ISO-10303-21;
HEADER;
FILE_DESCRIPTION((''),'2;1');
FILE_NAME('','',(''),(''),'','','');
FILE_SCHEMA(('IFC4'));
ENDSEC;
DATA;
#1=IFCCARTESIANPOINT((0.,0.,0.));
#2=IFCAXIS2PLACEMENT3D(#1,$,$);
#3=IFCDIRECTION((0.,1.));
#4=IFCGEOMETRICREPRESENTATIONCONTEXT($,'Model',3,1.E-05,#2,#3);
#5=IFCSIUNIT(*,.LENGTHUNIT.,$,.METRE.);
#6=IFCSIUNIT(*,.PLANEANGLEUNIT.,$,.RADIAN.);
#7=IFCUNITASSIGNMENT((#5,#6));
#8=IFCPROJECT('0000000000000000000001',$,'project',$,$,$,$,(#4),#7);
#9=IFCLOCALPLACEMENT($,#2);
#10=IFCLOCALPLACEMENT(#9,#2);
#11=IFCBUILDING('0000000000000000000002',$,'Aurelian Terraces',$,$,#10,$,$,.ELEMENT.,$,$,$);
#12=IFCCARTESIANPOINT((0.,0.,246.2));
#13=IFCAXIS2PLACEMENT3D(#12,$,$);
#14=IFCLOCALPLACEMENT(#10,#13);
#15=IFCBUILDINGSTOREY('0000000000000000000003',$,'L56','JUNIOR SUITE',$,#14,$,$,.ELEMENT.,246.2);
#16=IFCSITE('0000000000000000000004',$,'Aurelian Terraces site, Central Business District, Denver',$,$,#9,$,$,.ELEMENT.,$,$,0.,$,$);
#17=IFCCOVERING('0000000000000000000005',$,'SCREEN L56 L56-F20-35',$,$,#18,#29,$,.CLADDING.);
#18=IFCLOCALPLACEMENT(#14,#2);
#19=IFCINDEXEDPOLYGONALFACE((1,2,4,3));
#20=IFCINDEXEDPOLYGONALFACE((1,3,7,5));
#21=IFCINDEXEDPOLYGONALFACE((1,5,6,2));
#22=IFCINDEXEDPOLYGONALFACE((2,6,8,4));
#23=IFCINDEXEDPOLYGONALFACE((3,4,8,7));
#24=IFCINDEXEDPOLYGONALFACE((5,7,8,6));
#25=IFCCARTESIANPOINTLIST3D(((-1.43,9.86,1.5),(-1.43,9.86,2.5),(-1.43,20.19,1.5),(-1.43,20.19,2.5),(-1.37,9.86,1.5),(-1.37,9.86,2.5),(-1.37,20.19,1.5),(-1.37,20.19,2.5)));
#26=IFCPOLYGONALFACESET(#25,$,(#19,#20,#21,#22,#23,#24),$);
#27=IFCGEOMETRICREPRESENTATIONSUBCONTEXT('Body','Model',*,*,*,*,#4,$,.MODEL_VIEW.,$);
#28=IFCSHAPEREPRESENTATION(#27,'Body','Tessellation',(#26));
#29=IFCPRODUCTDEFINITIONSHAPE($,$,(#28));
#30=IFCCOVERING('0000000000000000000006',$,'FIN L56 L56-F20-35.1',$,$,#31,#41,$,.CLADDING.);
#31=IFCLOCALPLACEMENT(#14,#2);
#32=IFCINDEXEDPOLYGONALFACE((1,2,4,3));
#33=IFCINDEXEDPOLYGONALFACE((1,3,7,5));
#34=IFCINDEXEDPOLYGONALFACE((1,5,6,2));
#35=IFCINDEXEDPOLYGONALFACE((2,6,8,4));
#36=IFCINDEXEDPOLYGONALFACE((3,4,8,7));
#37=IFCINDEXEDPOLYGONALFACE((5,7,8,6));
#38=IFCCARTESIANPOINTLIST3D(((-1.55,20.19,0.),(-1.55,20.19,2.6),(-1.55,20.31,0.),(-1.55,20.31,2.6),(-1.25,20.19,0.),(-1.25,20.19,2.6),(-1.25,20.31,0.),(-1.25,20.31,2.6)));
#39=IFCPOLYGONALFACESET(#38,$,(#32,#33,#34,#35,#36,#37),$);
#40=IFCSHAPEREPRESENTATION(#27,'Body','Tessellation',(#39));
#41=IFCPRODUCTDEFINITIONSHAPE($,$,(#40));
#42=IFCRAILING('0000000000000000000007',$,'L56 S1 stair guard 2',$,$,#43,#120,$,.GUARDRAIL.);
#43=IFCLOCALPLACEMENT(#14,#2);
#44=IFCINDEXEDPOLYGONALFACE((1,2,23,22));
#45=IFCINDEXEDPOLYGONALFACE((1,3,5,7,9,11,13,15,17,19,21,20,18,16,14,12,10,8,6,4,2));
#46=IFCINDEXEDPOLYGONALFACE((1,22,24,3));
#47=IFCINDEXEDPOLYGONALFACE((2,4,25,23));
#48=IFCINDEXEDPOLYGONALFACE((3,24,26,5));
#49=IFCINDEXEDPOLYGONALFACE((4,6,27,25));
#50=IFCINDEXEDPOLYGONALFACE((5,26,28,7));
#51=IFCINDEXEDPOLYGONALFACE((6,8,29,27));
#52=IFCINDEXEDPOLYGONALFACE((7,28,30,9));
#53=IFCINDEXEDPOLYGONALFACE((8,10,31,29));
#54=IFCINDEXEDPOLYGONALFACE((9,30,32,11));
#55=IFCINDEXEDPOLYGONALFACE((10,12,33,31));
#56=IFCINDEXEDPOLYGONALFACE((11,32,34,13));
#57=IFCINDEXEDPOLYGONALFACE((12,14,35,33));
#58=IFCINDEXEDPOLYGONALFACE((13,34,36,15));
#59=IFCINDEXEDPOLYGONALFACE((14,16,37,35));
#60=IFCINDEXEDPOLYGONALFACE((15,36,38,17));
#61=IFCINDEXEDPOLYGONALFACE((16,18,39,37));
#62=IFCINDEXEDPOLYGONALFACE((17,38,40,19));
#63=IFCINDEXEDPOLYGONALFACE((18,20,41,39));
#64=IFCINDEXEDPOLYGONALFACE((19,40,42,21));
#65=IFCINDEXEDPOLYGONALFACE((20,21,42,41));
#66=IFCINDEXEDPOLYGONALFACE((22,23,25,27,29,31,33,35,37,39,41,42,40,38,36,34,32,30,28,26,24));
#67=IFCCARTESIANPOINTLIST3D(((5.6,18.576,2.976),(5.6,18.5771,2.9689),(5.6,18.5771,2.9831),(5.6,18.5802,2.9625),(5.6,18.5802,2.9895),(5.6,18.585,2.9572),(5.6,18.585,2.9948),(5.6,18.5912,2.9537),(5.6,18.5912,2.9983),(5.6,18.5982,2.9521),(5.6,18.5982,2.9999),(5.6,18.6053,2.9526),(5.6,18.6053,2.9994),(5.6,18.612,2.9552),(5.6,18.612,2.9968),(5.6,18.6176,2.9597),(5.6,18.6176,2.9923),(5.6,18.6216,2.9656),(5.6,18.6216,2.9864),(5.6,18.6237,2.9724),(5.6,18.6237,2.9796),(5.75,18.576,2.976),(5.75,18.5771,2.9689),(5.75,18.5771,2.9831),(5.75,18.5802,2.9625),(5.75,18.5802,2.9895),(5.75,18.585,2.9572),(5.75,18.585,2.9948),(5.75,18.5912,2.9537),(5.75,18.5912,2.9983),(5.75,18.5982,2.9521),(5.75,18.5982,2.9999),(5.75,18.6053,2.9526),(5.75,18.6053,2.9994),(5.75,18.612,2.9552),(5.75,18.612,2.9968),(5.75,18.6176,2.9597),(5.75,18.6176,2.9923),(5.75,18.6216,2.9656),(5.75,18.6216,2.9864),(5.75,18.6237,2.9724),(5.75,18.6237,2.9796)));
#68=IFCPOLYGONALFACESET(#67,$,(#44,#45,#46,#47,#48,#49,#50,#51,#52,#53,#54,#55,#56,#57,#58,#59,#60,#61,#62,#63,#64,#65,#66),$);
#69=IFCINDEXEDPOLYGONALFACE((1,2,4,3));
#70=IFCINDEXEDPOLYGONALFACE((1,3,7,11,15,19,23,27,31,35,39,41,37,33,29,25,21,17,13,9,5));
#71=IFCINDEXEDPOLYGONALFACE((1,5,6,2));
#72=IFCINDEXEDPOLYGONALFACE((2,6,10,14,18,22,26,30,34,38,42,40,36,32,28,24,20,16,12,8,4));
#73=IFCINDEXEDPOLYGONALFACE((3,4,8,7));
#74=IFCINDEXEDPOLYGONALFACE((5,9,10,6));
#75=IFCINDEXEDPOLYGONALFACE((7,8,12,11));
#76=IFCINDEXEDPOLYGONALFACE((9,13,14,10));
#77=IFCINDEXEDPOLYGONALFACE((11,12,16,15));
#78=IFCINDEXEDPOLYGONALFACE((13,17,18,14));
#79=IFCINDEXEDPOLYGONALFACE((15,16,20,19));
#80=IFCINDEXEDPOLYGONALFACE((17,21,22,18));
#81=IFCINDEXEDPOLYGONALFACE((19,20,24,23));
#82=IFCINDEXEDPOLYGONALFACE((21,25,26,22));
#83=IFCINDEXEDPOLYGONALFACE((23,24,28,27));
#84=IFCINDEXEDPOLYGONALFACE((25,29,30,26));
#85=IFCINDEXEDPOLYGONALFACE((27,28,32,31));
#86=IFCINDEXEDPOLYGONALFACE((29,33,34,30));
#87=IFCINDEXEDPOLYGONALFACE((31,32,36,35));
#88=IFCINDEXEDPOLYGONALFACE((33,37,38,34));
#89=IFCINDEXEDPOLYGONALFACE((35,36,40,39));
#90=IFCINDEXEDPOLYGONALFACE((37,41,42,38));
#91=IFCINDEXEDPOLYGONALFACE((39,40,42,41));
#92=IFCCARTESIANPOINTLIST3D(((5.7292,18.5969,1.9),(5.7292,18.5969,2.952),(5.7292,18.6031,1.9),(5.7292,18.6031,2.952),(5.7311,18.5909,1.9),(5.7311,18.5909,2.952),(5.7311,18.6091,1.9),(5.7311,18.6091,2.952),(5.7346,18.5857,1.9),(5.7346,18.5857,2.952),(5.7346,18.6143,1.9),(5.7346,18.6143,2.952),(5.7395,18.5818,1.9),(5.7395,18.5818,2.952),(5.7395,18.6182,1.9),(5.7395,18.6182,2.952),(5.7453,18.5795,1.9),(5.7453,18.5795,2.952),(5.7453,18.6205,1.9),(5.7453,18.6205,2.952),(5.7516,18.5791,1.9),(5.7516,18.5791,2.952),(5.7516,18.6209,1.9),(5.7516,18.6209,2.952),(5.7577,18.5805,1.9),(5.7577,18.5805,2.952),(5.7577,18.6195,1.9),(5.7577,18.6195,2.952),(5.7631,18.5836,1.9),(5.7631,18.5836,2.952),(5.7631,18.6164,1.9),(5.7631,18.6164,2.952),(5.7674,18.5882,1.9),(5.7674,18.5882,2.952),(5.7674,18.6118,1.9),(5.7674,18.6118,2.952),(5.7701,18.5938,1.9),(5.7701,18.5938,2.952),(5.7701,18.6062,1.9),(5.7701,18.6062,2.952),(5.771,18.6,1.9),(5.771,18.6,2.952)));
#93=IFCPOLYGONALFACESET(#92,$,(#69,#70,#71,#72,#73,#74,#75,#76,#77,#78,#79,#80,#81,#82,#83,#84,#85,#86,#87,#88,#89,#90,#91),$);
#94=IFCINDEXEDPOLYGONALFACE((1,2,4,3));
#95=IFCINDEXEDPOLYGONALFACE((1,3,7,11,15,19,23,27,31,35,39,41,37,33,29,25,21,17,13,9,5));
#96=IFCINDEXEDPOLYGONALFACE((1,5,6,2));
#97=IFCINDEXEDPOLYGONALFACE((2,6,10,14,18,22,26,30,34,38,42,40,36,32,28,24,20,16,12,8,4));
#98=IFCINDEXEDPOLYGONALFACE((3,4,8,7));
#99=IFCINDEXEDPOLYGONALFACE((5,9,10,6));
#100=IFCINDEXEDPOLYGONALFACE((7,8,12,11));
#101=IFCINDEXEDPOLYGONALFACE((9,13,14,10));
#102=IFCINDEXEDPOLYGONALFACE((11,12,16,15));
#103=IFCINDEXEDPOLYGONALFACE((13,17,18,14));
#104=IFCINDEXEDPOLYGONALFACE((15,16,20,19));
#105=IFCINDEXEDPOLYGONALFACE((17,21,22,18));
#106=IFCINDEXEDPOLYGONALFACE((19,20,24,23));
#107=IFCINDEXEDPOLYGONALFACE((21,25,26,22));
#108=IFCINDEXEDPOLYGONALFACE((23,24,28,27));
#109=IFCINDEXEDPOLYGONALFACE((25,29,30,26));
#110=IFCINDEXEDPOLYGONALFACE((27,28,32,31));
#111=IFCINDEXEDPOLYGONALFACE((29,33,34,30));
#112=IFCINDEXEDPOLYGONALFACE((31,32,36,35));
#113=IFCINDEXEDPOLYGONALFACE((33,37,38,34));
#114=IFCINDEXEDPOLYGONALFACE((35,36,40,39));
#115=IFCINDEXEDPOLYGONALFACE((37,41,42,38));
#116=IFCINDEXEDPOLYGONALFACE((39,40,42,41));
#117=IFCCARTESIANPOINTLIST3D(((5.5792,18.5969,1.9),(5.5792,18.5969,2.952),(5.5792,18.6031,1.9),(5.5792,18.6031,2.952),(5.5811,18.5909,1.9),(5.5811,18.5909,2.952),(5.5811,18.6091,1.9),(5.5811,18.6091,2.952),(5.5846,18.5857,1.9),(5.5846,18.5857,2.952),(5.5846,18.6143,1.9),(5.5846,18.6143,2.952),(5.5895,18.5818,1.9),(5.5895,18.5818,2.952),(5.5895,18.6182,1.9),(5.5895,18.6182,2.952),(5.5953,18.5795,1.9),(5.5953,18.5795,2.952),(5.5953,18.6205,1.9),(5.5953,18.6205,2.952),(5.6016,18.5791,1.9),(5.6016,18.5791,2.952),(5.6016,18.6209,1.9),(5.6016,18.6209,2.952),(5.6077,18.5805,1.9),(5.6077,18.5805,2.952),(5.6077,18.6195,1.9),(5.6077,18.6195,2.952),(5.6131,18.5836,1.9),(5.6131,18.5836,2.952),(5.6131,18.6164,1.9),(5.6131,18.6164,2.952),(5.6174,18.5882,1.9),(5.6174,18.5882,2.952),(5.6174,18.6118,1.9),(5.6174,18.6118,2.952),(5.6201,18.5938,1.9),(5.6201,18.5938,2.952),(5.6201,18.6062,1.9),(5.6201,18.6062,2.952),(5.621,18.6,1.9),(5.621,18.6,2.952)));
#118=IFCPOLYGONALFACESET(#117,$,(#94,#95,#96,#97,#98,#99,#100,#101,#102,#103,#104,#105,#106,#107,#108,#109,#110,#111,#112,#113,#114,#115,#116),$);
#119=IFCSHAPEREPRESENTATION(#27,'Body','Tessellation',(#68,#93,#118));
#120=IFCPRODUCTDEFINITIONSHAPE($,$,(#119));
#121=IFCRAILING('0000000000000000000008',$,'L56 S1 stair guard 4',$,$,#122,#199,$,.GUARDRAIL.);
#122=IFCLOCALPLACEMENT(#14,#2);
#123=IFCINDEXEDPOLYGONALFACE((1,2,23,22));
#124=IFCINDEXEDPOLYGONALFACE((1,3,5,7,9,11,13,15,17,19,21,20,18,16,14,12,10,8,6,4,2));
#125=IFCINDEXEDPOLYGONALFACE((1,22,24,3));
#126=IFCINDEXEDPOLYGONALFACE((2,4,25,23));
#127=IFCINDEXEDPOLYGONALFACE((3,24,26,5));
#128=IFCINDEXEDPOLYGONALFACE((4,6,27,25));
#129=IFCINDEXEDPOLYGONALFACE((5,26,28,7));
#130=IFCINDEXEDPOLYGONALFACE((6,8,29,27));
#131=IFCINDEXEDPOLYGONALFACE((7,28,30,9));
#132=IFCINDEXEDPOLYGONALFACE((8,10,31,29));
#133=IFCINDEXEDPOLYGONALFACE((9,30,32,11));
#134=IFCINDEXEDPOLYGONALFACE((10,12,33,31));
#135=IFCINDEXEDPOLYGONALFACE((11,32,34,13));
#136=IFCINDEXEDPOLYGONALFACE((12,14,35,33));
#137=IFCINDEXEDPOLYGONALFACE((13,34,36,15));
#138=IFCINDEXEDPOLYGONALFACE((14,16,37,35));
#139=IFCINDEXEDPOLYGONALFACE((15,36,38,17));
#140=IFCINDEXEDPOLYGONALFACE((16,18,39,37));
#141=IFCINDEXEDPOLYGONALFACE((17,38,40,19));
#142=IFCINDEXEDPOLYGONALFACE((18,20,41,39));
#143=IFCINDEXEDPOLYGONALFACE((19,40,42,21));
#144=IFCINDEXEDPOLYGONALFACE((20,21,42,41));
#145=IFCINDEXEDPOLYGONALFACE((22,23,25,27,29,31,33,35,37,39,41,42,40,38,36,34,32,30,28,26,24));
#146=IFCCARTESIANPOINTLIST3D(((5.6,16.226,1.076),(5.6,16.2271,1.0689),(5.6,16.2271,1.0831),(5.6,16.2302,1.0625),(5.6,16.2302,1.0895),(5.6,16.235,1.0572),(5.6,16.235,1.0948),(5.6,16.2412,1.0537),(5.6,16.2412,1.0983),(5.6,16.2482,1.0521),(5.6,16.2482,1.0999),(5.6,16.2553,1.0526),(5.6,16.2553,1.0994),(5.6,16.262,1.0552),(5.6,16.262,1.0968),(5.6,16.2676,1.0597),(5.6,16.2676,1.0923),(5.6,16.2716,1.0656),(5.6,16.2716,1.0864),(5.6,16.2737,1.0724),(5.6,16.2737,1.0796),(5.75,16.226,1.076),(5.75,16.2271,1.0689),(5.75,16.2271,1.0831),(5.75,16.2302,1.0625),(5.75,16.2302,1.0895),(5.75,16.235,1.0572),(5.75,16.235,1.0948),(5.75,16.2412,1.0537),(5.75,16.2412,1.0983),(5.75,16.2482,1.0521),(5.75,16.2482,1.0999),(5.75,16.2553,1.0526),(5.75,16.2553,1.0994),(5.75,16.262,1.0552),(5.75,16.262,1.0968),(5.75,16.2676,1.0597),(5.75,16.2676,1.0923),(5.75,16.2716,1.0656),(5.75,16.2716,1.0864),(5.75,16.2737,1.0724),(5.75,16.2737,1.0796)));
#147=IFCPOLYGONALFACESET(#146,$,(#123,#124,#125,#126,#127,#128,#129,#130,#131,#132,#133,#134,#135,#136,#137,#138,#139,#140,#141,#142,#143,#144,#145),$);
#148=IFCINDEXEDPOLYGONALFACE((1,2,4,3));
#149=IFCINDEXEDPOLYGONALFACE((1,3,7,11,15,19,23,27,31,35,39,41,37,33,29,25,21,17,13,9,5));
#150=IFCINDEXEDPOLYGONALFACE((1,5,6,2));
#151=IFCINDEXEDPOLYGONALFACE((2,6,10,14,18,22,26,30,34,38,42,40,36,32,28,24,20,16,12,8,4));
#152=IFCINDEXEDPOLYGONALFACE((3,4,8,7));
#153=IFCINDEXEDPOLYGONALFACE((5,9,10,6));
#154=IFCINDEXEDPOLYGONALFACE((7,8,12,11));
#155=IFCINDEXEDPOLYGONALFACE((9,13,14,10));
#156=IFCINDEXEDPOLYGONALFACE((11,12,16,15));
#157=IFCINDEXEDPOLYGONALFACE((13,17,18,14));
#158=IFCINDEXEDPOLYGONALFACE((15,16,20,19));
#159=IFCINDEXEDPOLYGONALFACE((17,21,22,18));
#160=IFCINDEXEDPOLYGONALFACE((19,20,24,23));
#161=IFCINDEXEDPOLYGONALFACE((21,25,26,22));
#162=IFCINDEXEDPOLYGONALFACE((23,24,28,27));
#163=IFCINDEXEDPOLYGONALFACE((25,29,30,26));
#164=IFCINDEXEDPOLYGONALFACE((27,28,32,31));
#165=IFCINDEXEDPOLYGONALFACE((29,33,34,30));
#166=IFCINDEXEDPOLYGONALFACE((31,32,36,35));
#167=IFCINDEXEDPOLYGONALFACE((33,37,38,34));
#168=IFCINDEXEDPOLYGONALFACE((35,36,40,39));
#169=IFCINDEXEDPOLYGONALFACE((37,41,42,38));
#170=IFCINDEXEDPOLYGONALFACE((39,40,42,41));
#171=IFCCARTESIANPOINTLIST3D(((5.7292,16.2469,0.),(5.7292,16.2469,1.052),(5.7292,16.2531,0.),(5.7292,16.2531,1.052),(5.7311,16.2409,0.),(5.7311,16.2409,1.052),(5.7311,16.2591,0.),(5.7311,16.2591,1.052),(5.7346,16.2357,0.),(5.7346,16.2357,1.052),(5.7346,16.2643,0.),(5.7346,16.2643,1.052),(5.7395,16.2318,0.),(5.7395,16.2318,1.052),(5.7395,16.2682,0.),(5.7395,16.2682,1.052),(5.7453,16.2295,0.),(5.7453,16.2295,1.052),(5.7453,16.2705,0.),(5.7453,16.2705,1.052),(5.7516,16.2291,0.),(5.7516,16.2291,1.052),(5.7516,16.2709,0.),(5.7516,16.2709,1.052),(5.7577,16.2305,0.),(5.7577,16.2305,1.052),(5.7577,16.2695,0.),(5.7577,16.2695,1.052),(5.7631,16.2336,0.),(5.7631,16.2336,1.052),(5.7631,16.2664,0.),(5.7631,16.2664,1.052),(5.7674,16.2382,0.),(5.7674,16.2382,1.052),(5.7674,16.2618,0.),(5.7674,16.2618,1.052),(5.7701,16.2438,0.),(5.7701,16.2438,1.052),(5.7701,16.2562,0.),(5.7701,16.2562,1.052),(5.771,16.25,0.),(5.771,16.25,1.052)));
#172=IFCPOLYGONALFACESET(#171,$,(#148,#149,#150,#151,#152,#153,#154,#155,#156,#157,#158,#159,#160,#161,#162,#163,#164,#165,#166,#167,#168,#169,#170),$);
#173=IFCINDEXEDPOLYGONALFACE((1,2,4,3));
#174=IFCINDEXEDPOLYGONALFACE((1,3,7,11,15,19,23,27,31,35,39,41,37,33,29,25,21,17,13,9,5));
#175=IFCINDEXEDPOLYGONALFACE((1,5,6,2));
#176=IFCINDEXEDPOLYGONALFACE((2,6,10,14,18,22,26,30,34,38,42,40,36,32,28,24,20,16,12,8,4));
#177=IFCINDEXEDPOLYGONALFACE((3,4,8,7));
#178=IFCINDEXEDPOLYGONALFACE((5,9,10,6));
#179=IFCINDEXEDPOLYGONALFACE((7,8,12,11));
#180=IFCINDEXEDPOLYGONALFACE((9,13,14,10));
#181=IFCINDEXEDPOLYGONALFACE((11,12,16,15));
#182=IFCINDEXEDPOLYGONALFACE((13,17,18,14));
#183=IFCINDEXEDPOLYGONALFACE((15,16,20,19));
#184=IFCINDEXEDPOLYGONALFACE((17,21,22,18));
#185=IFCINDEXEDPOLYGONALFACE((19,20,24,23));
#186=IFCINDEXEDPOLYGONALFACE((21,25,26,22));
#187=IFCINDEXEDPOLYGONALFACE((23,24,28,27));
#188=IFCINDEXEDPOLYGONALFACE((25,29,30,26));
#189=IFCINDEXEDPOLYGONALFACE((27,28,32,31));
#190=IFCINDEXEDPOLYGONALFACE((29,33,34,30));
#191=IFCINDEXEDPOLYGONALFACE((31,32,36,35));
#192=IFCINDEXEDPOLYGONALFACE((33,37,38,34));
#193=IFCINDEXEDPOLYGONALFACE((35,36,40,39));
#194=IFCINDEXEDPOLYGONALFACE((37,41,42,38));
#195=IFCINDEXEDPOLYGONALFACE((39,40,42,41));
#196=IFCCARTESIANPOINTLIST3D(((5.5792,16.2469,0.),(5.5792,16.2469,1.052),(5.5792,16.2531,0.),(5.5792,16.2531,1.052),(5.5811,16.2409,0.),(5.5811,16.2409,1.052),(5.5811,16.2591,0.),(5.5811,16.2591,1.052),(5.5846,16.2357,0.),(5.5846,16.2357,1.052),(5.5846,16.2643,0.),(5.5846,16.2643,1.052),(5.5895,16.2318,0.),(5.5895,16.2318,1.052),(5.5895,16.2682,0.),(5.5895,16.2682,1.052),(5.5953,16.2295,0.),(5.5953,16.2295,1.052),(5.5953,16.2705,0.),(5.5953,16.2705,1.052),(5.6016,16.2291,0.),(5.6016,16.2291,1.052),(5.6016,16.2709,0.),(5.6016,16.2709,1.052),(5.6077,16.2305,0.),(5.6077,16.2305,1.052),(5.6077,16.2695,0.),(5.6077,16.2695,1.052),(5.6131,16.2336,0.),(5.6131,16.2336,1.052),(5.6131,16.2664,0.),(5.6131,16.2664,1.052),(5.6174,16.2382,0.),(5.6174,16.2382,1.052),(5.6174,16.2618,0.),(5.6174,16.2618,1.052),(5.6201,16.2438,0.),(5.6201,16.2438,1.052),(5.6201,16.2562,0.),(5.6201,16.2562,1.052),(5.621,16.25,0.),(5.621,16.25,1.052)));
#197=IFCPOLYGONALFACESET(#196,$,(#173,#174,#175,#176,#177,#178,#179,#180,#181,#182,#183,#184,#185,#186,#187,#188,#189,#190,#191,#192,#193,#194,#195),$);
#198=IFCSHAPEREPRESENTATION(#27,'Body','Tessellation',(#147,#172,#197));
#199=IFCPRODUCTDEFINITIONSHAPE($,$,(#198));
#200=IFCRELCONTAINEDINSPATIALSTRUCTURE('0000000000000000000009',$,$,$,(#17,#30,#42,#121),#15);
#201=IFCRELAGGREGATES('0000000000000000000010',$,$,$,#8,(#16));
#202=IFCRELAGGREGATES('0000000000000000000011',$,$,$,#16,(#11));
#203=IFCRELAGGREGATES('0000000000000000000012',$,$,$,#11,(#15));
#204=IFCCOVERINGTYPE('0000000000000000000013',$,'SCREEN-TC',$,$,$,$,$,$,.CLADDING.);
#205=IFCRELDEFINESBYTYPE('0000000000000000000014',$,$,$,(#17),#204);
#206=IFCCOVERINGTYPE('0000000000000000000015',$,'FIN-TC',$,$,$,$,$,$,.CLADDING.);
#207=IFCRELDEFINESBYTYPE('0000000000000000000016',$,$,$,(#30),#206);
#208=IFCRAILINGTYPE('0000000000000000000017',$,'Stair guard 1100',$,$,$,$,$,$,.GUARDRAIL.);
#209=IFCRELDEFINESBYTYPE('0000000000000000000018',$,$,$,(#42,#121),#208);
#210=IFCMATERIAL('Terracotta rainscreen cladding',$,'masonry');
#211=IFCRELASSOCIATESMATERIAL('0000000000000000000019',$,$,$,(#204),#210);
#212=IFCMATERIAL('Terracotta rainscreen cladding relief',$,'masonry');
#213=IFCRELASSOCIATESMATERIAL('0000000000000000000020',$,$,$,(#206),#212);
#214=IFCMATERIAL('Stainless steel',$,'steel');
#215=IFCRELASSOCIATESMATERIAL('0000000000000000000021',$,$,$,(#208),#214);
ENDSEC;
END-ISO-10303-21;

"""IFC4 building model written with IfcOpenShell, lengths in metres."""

from ifc_helpers import new_model, si_unit, direction, frame, origin, origin_2d, place, context, subcontext, project, spatial, rectangle, circle, extrude, source, transform, mapped, material, type_object, element, save


model = new_model("IFC4")

# Units and contexts
model_context = context("Model", 3, precision=1e-05, world=origin(), true_north=direction((0.0, 1.0)))
body_context = subcontext(model_context, "Body", "Model", "MODEL_VIEW")
ifc_project = project(units=[si_unit("LENGTHUNIT", "METRE"), si_unit("PLANEANGLEUNIT", "RADIAN")], contexts=[model_context])

# Site, building, storey
site_placement = place(None, origin())
site = spatial("IfcSite", under=ifc_project, at=site_placement, Name="Aurelian Terraces site, Central Business District, Denver", CompositionType="ELEMENT", RefElevation=0.0)
building_placement = place(site_placement, origin())
building = spatial("IfcBuilding", under=site, at=building_placement, Name="Aurelian Terraces", CompositionType="ELEMENT")
storey_placement = place(building_placement, frame((0.0, 0.0, 246.2)))
storey = spatial("IfcBuildingStorey", under=building, at=storey_placement, Name="L56", Description="JUNIOR SUITE", CompositionType="ELEMENT", Elevation=246.2)

# Shared definitions
ifc_material_1 = material(Name="Terracotta rainscreen cladding", Category="masonry")

# Coverings
covering_type_1 = type_object("IfcCoveringType", Name="SCREEN-TC", PredefinedType="CLADDING", material=ifc_material_1)
covering_1_placement = place(storey_placement, frame((-1.4, 15.025, 1.5), z_axis=(0.0, 0.0, 1.0), x_axis=(1.0, 0.0, 0.0)))
element("IfcCovering", 1, at=covering_1_placement, inside=storey, type_object=covering_type_1, Name="SCREEN L56 L56-F20-35", PredefinedType="CLADDING", context=body_context, shape_type="SweptSolid", body=[
    extrude(rectangle(XDim=0.06, YDim=10.33, at=origin_2d()), origin(), (0.0, 0.0, 1.0), 1.0),
])
ifc_material_2 = material(Name="Terracotta rainscreen cladding relief", Category="masonry")
covering_type_2 = type_object("IfcCoveringType", Name="FIN-TC", PredefinedType="CLADDING", material=ifc_material_2)
shared_shape_1 = source(origin(), body_context, "Body", "SweptSolid", [
    extrude(rectangle(XDim=0.3, YDim=0.12, at=origin_2d()), origin(), (0.0, 0.0, 1.0), 2.6),
])
covering_2_placement = place(storey_placement, frame((-1.4, 20.25, 0.0), z_axis=(0.0, 0.0, 1.0), x_axis=(1.0, 0.0, 0.0)))
element("IfcCovering", 2, at=covering_2_placement, inside=storey, type_object=covering_type_2, Name="FIN L56 L56-F20-35.1", PredefinedType="CLADDING", context=body_context, shape_type="MappedRepresentation", body=[
    mapped(shared_shape_1, transform((0.0, 0.0, 0.0), scale=1.0)),
])

# Railings
ifc_material_3 = material(Name="Stainless steel", Category="steel")
railing_type_1 = type_object("IfcRailingType", Name="Stair guard 1100", PredefinedType="GUARDRAIL", material=ifc_material_3)
shared_shape_2 = source(origin(), body_context, "Body", "SweptSolid", [
    extrude(circle(Radius=0.024, at=origin_2d()), frame((0.0, 0.0, 1.076), z_axis=(-1.0, 0.0, 0.0), x_axis=(0.0, -1.0, 0.0)), (0.0, 0.0, 1.0), 0.15),
    extrude(circle(Radius=0.021, at=origin_2d()), origin(), (0.0, 0.0, 1.0), 1.052),
    extrude(circle(Radius=0.021, at=origin_2d()), frame((-0.15, 0.0, 0.0)), (0.0, 0.0, 1.0), 1.052),
])
for number, where, name in (
    (3, (5.75, 18.6, 1.9), "L56 S1 stair guard 2"),
    (4, (5.75, 16.25, 0.0), "L56 S1 stair guard 4"),
):
    element("IfcRailing", number, at=place(storey_placement, frame(where)), inside=storey, type_object=railing_type_1, Name=name, PredefinedType="GUARDRAIL", context=body_context, shape_type="MappedRepresentation", body=[
        mapped(shared_shape_2, transform((0.0, 0.0, 0.0), scale=1.0)),
    ])

save(model, "model.ifc")
